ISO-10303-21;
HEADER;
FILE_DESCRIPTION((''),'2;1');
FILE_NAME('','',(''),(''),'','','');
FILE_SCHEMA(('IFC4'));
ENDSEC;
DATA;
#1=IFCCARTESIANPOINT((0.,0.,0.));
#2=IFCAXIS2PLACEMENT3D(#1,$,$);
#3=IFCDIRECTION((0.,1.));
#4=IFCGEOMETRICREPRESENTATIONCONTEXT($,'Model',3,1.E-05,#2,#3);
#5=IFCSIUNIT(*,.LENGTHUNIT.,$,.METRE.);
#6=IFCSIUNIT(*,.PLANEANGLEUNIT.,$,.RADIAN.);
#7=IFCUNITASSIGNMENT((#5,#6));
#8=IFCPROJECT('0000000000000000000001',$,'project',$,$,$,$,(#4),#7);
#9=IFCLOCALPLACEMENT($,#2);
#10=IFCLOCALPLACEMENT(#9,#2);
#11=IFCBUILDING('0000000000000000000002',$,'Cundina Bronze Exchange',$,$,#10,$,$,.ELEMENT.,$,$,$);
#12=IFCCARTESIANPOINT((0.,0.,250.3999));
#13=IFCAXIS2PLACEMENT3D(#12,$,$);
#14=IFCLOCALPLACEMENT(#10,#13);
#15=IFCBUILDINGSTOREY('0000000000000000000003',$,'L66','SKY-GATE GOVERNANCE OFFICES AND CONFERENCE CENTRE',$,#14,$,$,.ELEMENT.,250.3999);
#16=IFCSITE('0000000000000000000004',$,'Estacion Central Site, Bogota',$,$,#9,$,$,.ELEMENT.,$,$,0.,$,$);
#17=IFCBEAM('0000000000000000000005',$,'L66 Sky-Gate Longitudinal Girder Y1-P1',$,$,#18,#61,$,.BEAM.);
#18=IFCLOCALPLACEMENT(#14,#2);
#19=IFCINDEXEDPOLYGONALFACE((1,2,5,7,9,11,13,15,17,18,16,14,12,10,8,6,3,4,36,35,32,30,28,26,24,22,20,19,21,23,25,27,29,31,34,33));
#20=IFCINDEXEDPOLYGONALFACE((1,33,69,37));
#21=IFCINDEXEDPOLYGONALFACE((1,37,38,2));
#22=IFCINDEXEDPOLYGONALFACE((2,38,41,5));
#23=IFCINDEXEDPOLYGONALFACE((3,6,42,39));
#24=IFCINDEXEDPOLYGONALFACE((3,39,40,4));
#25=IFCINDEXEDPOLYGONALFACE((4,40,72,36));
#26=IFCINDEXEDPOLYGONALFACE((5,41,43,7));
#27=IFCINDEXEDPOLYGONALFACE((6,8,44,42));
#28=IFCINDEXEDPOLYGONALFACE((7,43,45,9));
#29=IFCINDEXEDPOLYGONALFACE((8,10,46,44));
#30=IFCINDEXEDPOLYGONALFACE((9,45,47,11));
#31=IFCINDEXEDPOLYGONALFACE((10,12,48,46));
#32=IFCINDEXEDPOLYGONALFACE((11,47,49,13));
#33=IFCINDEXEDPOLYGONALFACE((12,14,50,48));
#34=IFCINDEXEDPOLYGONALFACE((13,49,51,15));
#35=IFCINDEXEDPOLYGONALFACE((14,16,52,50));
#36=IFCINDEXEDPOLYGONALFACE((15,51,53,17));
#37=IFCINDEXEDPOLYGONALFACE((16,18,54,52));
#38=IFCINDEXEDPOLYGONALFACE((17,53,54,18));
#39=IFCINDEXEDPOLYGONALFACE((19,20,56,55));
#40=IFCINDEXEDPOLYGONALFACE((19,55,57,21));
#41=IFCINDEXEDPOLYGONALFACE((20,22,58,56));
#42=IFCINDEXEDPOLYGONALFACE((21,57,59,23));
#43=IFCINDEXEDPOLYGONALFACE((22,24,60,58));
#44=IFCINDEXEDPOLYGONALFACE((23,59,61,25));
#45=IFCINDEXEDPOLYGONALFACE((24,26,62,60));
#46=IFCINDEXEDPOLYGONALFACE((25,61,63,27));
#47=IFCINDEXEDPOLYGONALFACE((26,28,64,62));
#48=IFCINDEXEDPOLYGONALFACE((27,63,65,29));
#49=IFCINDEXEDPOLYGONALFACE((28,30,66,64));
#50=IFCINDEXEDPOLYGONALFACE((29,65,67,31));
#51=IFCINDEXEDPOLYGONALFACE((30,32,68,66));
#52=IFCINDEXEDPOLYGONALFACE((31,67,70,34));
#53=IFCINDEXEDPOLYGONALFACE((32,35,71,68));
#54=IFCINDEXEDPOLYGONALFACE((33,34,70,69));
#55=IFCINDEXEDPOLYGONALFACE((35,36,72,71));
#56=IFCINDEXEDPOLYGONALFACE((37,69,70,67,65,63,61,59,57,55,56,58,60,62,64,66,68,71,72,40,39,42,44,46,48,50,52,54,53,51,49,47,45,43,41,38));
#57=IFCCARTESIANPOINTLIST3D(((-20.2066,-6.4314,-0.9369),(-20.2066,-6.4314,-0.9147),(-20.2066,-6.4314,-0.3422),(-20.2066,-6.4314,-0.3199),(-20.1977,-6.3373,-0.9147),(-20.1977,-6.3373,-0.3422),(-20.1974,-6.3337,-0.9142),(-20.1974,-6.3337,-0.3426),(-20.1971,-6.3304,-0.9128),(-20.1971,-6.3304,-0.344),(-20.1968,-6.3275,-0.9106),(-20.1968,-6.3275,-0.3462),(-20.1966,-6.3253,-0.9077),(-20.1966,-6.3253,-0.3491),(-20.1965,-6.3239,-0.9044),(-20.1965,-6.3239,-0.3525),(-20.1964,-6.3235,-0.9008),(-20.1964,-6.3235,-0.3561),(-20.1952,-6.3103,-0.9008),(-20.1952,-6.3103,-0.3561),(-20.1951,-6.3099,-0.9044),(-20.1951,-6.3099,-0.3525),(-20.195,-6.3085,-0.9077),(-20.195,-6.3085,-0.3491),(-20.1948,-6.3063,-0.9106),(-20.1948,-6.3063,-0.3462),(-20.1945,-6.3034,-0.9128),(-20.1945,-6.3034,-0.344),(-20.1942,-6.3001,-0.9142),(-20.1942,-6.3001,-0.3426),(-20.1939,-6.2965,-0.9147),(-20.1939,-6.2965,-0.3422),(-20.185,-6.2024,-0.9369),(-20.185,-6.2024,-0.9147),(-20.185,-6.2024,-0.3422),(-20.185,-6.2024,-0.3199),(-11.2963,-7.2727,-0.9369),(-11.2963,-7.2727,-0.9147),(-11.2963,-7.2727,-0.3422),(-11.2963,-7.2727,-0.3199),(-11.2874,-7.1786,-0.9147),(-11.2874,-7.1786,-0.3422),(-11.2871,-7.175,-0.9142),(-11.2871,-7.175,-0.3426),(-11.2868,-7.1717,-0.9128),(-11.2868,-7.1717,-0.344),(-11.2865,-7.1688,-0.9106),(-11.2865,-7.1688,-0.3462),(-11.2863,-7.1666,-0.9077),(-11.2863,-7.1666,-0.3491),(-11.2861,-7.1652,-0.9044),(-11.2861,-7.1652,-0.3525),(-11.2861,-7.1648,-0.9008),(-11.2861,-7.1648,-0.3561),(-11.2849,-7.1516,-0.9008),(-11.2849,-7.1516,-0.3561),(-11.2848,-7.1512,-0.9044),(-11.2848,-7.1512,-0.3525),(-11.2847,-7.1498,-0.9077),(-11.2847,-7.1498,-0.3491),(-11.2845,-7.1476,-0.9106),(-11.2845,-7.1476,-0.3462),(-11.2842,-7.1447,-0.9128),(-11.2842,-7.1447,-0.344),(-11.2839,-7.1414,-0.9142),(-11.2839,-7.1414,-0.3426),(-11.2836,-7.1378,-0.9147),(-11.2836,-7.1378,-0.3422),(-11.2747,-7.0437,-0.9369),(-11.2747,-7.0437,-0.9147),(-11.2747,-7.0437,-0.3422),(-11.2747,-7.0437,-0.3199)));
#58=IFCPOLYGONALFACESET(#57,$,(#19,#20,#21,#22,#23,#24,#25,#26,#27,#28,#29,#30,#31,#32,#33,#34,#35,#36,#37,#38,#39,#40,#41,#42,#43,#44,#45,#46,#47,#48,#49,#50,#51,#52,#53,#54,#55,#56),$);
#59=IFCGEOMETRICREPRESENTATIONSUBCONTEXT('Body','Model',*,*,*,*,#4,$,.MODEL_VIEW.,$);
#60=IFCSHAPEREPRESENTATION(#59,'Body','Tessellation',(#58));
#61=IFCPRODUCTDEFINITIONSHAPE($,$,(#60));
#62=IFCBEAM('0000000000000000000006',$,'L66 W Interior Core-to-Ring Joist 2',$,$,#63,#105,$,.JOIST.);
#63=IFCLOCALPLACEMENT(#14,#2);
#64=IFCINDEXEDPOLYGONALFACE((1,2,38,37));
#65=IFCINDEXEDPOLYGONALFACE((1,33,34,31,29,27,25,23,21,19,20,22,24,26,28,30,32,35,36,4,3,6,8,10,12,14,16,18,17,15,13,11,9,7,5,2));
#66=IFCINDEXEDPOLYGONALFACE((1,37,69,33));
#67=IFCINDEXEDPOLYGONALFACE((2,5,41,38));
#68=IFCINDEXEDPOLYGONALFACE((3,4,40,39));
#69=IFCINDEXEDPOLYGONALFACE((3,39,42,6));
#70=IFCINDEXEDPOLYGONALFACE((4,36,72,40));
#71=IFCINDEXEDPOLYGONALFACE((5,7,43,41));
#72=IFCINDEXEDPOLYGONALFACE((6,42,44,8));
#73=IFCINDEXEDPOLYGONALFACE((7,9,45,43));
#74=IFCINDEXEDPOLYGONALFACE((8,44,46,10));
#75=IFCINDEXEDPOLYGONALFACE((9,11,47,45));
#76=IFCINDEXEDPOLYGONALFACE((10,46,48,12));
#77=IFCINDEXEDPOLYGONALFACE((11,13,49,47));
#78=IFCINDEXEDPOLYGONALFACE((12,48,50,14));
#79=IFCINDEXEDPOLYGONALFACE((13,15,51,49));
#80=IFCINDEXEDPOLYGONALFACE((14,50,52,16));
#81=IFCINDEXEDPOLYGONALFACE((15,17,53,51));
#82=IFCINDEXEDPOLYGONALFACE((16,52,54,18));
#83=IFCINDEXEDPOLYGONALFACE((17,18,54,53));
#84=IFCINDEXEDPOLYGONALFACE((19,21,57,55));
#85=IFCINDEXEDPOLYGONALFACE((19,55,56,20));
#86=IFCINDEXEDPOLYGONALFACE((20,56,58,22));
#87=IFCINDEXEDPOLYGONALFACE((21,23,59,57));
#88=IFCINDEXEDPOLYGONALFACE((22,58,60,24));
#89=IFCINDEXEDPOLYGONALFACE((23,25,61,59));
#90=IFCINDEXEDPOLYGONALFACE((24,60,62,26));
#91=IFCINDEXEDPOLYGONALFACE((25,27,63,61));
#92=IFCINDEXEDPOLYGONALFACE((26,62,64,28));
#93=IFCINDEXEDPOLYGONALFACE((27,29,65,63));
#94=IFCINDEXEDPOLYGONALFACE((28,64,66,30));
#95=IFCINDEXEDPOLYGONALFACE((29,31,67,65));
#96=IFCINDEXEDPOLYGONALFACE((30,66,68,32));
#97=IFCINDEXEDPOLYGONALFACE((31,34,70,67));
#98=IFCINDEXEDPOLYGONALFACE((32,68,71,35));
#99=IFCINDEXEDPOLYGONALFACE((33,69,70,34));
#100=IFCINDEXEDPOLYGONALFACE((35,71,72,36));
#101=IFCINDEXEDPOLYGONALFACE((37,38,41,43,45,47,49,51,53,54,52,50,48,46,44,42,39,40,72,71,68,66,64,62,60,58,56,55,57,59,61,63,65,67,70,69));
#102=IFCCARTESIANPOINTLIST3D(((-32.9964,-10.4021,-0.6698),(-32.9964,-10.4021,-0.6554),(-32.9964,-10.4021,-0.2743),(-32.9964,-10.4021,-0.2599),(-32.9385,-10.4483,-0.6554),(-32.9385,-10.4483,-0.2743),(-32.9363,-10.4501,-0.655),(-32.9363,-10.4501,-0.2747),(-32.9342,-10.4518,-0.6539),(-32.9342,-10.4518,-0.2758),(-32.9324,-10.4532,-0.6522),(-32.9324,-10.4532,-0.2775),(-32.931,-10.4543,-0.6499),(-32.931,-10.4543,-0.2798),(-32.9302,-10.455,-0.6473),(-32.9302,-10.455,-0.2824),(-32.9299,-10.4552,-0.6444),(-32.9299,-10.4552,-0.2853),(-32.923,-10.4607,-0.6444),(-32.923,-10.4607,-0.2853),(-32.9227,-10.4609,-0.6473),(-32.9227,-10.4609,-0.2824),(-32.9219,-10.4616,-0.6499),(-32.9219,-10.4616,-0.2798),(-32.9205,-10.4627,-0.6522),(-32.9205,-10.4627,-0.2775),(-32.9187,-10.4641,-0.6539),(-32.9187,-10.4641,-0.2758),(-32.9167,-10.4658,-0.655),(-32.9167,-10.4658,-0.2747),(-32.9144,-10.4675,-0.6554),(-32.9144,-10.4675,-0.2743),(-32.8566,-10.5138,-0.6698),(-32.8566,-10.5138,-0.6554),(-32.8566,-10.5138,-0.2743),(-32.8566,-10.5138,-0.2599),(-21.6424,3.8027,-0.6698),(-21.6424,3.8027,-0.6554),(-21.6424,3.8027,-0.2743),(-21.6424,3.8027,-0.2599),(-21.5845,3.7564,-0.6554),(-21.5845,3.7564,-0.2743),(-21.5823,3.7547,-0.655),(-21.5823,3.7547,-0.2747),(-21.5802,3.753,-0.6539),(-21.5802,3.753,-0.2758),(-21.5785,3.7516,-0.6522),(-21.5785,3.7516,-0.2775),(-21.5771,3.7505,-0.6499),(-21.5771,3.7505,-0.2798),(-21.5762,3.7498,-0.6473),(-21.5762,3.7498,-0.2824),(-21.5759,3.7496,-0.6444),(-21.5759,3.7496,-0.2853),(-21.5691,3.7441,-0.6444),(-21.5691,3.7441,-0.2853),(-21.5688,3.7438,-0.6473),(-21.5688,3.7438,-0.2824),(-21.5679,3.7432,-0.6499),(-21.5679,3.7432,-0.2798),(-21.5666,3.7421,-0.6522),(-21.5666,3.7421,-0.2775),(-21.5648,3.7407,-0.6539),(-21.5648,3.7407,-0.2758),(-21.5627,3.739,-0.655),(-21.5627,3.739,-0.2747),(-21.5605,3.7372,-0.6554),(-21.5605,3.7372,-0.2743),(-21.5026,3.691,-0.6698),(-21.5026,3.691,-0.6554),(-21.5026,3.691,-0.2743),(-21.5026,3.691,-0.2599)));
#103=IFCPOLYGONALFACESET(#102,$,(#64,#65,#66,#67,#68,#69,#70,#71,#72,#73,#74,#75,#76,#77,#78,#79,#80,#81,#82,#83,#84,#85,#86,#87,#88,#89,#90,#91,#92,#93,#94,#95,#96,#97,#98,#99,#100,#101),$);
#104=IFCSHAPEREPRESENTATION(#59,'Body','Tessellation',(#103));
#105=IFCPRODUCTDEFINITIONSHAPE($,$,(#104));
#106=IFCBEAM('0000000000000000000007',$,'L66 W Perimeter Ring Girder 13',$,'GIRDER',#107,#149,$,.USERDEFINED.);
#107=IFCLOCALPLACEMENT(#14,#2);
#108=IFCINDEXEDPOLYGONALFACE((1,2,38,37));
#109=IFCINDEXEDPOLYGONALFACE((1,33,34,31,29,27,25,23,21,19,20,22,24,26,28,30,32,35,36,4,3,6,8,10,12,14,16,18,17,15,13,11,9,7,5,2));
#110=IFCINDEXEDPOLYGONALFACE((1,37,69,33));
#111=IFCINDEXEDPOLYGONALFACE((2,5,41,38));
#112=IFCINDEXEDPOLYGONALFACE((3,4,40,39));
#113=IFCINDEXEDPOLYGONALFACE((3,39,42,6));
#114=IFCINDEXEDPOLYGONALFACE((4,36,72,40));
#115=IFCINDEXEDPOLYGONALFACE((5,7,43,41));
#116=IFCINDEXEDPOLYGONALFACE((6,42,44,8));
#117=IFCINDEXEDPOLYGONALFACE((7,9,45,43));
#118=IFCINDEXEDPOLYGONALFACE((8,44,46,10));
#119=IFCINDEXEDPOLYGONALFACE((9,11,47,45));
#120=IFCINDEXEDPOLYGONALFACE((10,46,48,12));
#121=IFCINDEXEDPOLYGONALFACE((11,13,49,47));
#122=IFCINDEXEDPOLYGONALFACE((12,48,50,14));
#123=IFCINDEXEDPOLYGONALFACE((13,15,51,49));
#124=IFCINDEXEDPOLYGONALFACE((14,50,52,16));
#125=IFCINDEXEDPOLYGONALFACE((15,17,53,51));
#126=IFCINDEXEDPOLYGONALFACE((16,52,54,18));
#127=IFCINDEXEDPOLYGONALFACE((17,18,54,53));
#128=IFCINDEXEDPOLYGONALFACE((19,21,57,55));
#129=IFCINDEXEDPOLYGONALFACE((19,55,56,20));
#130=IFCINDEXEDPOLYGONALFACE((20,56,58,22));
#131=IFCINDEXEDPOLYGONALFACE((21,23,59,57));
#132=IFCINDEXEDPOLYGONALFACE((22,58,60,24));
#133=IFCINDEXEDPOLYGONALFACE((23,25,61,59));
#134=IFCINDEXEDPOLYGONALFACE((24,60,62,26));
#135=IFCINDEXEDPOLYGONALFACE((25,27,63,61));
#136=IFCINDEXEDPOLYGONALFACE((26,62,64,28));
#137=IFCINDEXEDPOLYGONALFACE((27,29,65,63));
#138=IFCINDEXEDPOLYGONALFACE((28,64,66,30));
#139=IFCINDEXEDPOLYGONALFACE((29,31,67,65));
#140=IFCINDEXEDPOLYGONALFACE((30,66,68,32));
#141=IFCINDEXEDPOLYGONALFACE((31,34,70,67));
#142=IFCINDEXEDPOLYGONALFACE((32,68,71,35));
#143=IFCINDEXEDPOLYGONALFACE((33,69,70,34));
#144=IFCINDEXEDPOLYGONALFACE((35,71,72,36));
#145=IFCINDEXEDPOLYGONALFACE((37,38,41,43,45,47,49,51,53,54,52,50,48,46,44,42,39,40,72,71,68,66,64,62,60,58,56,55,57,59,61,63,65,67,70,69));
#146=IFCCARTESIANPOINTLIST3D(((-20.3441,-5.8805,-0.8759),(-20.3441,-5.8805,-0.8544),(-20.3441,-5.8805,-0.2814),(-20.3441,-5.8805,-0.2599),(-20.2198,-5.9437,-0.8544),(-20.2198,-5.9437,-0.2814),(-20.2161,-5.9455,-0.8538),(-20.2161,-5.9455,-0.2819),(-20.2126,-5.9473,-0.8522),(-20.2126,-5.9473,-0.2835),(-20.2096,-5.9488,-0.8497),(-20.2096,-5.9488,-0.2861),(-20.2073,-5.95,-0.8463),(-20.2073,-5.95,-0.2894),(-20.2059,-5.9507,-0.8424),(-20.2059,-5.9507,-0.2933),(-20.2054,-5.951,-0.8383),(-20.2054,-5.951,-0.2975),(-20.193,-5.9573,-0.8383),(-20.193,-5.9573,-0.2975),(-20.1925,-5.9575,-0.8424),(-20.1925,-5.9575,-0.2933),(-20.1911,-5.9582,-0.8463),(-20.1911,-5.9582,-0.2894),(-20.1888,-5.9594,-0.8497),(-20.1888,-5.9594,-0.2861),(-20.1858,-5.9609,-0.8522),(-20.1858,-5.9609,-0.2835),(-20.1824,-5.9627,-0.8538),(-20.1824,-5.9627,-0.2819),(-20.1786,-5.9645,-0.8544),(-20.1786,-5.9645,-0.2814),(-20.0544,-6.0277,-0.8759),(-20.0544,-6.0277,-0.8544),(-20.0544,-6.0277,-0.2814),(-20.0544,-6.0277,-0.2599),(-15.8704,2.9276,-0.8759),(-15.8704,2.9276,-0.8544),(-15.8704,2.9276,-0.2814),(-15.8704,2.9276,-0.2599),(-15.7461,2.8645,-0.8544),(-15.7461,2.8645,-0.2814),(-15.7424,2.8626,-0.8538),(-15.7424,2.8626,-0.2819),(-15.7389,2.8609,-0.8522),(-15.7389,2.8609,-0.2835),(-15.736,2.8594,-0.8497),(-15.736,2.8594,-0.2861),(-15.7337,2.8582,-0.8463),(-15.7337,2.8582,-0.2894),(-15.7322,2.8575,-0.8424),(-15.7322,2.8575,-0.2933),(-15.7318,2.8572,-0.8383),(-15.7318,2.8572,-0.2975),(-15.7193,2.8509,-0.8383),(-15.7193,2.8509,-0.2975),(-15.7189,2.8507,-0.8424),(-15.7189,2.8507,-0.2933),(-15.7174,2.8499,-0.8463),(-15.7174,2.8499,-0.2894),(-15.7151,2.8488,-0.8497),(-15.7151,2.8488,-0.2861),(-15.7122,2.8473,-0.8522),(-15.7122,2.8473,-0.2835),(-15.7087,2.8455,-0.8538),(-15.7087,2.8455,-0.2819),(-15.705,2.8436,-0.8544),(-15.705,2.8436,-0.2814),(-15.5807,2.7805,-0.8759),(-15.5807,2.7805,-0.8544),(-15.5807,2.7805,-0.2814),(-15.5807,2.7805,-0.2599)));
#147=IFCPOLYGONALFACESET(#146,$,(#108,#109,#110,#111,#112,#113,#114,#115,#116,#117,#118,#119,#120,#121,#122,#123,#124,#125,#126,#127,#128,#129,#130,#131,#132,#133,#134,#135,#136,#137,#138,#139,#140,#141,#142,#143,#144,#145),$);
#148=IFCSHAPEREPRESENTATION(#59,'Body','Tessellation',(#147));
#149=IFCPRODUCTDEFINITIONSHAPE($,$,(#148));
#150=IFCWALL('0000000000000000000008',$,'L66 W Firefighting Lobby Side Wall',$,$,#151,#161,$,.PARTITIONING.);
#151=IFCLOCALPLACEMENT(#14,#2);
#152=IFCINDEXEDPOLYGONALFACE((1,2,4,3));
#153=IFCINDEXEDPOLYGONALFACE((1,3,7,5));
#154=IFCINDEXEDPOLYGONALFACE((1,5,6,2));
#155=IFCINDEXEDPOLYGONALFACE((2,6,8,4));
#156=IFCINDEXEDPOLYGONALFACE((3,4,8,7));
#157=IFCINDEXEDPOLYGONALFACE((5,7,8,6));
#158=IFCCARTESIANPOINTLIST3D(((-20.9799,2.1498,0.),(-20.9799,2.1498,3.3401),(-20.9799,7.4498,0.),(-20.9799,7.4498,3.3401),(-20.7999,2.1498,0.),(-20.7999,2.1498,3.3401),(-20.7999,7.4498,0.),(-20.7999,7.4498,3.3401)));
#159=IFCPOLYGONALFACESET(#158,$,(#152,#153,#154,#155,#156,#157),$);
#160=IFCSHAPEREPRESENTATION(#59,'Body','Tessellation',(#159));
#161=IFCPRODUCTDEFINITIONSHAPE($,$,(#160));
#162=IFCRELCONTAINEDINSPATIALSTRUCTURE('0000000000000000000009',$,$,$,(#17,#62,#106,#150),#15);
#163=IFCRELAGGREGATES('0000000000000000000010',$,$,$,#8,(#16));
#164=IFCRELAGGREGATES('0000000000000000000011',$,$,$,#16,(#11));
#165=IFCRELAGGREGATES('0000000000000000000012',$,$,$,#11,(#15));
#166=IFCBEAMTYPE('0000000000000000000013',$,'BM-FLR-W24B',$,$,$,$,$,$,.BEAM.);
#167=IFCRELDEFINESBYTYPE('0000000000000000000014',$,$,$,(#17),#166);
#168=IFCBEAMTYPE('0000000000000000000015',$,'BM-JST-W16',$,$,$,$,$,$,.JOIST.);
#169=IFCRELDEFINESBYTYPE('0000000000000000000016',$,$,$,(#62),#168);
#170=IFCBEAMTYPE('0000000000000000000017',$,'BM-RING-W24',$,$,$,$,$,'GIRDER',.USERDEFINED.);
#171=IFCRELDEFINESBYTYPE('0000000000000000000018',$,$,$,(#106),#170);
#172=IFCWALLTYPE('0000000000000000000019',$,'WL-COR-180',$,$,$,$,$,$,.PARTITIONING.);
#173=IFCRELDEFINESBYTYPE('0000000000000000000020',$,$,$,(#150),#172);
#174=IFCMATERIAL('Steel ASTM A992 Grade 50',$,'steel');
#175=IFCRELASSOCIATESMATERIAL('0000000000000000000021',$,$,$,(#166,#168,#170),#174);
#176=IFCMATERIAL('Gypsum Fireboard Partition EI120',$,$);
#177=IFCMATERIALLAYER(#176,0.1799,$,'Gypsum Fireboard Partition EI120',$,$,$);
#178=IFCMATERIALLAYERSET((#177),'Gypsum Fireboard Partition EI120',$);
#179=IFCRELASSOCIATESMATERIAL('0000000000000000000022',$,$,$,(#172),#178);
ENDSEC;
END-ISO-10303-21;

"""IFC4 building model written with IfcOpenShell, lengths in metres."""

from ifc_helpers import new_model, si_unit, direction, frame, frame_2d, origin, origin_2d, place, context, subcontext, project, spatial, rectangle, i_section, extrude, material, layer, layer_set, material_profile, profile_set, type_object, element, save


model = new_model("IFC4")

# Units and contexts
model_context = context("Model", 3, precision=1e-05, world=origin(), true_north=direction((0.0, 1.0)))
body_context = subcontext(model_context, "Body", "Model", "MODEL_VIEW")
ifc_project = project(units=[si_unit("LENGTHUNIT", "METRE"), si_unit("PLANEANGLEUNIT", "RADIAN")], contexts=[model_context])

# Site, building, storey
site_placement = place(None, origin())
site = spatial("IfcSite", under=ifc_project, at=site_placement, Name="Estacion Central Site, Bogota", CompositionType="ELEMENT", RefElevation=0.0)
building_placement = place(site_placement, origin())
building = spatial("IfcBuilding", under=site, at=building_placement, Name="Cundina Bronze Exchange", CompositionType="ELEMENT")
storey_placement = place(building_placement, frame((0.0, 0.0, 250.3999)))
storey = spatial("IfcBuildingStorey", under=building, at=storey_placement, Name="L66", Description="SKY-GATE GOVERNANCE OFFICES AND CONFERENCE CENTRE", CompositionType="ELEMENT", Elevation=250.3999)

# Shared definitions
ifc_material_1 = material(Name="Steel ASTM A992 Grade 50", Category="steel")

# Beams
ifc_material_profile_1 = material_profile(ifc_material_1, i_section(OverallWidth=0.23, OverallDepth=0.6169, WebThickness=0.0132, FlangeThickness=0.0222, FilletRadius=0.0139, at=origin_2d()), Name="W24X94", Category="steel")
ifc_profile_set_1 = profile_set([ifc_material_profile_1], Name="Steel ASTM A992 Grade 50")
beam_type_1 = type_object("IfcBeamType", Name="BM-FLR-W24B", PredefinedType="BEAM", material=ifc_profile_set_1)
beam_1_placement = place(storey_placement, frame((-20.1958, -6.3169, -0.6284), z_axis=(0.995572, -0.094001, 0.0), x_axis=(0.094001, 0.995572, 0.0)))
element("IfcBeam", 1, at=beam_1_placement, inside=storey, type_object=beam_type_1, Name="L66 Sky-Gate Longitudinal Girder Y1-P1", PredefinedType="BEAM", context=body_context, shape_type="SweptSolid", body=[
    extrude(i_section(OverallWidth=0.23, OverallDepth=0.6169, WebThickness=0.0132, FlangeThickness=0.0222, FilletRadius=0.0139, at=origin_2d()), origin(), (0.0, 0.0, 1.0), 8.95),
])
ifc_material_profile_2 = material_profile(ifc_material_1, i_section(OverallWidth=0.179, OverallDepth=0.4099, WebThickness=0.0088, FlangeThickness=0.0144, FilletRadius=0.011, at=origin_2d()), Name="W16X45", Category="steel")
ifc_profile_set_2 = profile_set([ifc_material_profile_2], Name="Steel ASTM A992 Grade 50")
beam_type_2 = type_object("IfcBeamType", Name="BM-JST-W16", PredefinedType="JOIST", material=ifc_profile_set_2)
beam_2_placement = place(storey_placement, frame((-21.5725, 3.7468, -0.4648), z_axis=(-0.624364, -0.781133, 0.0), x_axis=(0.781133, -0.624364, 0.0)))
element("IfcBeam", 2, at=beam_2_placement, inside=storey, type_object=beam_type_2, Name="L66 W Interior Core-to-Ring Joist 2", PredefinedType="JOIST", context=body_context, shape_type="SweptSolid", body=[
    extrude(i_section(OverallWidth=0.179, OverallDepth=0.4099, WebThickness=0.0088, FlangeThickness=0.0144, FilletRadius=0.011, at=origin_2d()), origin(), (0.0, 0.0, 1.0), 18.1848),
])
ifc_material_profile_3 = material_profile(ifc_material_1, i_section(OverallWidth=0.325, OverallDepth=0.616, WebThickness=0.0139, FlangeThickness=0.0215, FilletRadius=0.0161, at=origin_2d()), Name="W24X117", Category="steel")
ifc_profile_set_3 = profile_set([ifc_material_profile_3], Name="Steel ASTM A992 Grade 50")
beam_type_3 = type_object("IfcBeamType", Name="BM-RING-W24", ElementType="GIRDER", PredefinedType="USERDEFINED", material=ifc_profile_set_3)
beam_3_placement = place(storey_placement, frame((-20.1992, -5.9541, -0.5679), z_axis=(0.452839, 0.891592, 0.0), x_axis=(-0.891592, 0.452839, 0.0)))
element("IfcBeam", 3, at=beam_3_placement, inside=storey, type_object=beam_type_3, Name="L66 W Perimeter Ring Girder 13", ObjectType="GIRDER", PredefinedType="USERDEFINED", context=body_context, shape_type="SweptSolid", body=[
    extrude(i_section(OverallWidth=0.325, OverallDepth=0.616, WebThickness=0.0139, FlangeThickness=0.0215, FilletRadius=0.0161, at=origin_2d()), origin(), (0.0, 0.0, 1.0), 9.8792),
])

# Wall
ifc_material_2 = material(Name="Gypsum Fireboard Partition EI120")
ifc_layer_1 = layer(ifc_material_2, 0.1799, Name="Gypsum Fireboard Partition EI120")
ifc_layer_set_1 = layer_set([ifc_layer_1], Name="Gypsum Fireboard Partition EI120")
wall_type_1 = type_object("IfcWallType", Name="WL-COR-180", PredefinedType="PARTITIONING", material=ifc_layer_set_1)
wall_1_placement = place(storey_placement, frame((-20.8899, 2.1499, 0.0), z_axis=(0.0, 0.0, 1.0), x_axis=(0.0, 1.0, 0.0)))
element("IfcWall", 4, at=wall_1_placement, inside=storey, type_object=wall_type_1, Name="L66 W Firefighting Lobby Side Wall", PredefinedType="PARTITIONING", context=body_context, shape_type="SweptSolid", body=[
    extrude(rectangle(XDim=5.3, YDim=0.1799, at=frame_2d((2.6499, 0.0))), origin(), (0.0, 0.0, 1.0), 3.3401),
])

save(model, "model.ifc")
